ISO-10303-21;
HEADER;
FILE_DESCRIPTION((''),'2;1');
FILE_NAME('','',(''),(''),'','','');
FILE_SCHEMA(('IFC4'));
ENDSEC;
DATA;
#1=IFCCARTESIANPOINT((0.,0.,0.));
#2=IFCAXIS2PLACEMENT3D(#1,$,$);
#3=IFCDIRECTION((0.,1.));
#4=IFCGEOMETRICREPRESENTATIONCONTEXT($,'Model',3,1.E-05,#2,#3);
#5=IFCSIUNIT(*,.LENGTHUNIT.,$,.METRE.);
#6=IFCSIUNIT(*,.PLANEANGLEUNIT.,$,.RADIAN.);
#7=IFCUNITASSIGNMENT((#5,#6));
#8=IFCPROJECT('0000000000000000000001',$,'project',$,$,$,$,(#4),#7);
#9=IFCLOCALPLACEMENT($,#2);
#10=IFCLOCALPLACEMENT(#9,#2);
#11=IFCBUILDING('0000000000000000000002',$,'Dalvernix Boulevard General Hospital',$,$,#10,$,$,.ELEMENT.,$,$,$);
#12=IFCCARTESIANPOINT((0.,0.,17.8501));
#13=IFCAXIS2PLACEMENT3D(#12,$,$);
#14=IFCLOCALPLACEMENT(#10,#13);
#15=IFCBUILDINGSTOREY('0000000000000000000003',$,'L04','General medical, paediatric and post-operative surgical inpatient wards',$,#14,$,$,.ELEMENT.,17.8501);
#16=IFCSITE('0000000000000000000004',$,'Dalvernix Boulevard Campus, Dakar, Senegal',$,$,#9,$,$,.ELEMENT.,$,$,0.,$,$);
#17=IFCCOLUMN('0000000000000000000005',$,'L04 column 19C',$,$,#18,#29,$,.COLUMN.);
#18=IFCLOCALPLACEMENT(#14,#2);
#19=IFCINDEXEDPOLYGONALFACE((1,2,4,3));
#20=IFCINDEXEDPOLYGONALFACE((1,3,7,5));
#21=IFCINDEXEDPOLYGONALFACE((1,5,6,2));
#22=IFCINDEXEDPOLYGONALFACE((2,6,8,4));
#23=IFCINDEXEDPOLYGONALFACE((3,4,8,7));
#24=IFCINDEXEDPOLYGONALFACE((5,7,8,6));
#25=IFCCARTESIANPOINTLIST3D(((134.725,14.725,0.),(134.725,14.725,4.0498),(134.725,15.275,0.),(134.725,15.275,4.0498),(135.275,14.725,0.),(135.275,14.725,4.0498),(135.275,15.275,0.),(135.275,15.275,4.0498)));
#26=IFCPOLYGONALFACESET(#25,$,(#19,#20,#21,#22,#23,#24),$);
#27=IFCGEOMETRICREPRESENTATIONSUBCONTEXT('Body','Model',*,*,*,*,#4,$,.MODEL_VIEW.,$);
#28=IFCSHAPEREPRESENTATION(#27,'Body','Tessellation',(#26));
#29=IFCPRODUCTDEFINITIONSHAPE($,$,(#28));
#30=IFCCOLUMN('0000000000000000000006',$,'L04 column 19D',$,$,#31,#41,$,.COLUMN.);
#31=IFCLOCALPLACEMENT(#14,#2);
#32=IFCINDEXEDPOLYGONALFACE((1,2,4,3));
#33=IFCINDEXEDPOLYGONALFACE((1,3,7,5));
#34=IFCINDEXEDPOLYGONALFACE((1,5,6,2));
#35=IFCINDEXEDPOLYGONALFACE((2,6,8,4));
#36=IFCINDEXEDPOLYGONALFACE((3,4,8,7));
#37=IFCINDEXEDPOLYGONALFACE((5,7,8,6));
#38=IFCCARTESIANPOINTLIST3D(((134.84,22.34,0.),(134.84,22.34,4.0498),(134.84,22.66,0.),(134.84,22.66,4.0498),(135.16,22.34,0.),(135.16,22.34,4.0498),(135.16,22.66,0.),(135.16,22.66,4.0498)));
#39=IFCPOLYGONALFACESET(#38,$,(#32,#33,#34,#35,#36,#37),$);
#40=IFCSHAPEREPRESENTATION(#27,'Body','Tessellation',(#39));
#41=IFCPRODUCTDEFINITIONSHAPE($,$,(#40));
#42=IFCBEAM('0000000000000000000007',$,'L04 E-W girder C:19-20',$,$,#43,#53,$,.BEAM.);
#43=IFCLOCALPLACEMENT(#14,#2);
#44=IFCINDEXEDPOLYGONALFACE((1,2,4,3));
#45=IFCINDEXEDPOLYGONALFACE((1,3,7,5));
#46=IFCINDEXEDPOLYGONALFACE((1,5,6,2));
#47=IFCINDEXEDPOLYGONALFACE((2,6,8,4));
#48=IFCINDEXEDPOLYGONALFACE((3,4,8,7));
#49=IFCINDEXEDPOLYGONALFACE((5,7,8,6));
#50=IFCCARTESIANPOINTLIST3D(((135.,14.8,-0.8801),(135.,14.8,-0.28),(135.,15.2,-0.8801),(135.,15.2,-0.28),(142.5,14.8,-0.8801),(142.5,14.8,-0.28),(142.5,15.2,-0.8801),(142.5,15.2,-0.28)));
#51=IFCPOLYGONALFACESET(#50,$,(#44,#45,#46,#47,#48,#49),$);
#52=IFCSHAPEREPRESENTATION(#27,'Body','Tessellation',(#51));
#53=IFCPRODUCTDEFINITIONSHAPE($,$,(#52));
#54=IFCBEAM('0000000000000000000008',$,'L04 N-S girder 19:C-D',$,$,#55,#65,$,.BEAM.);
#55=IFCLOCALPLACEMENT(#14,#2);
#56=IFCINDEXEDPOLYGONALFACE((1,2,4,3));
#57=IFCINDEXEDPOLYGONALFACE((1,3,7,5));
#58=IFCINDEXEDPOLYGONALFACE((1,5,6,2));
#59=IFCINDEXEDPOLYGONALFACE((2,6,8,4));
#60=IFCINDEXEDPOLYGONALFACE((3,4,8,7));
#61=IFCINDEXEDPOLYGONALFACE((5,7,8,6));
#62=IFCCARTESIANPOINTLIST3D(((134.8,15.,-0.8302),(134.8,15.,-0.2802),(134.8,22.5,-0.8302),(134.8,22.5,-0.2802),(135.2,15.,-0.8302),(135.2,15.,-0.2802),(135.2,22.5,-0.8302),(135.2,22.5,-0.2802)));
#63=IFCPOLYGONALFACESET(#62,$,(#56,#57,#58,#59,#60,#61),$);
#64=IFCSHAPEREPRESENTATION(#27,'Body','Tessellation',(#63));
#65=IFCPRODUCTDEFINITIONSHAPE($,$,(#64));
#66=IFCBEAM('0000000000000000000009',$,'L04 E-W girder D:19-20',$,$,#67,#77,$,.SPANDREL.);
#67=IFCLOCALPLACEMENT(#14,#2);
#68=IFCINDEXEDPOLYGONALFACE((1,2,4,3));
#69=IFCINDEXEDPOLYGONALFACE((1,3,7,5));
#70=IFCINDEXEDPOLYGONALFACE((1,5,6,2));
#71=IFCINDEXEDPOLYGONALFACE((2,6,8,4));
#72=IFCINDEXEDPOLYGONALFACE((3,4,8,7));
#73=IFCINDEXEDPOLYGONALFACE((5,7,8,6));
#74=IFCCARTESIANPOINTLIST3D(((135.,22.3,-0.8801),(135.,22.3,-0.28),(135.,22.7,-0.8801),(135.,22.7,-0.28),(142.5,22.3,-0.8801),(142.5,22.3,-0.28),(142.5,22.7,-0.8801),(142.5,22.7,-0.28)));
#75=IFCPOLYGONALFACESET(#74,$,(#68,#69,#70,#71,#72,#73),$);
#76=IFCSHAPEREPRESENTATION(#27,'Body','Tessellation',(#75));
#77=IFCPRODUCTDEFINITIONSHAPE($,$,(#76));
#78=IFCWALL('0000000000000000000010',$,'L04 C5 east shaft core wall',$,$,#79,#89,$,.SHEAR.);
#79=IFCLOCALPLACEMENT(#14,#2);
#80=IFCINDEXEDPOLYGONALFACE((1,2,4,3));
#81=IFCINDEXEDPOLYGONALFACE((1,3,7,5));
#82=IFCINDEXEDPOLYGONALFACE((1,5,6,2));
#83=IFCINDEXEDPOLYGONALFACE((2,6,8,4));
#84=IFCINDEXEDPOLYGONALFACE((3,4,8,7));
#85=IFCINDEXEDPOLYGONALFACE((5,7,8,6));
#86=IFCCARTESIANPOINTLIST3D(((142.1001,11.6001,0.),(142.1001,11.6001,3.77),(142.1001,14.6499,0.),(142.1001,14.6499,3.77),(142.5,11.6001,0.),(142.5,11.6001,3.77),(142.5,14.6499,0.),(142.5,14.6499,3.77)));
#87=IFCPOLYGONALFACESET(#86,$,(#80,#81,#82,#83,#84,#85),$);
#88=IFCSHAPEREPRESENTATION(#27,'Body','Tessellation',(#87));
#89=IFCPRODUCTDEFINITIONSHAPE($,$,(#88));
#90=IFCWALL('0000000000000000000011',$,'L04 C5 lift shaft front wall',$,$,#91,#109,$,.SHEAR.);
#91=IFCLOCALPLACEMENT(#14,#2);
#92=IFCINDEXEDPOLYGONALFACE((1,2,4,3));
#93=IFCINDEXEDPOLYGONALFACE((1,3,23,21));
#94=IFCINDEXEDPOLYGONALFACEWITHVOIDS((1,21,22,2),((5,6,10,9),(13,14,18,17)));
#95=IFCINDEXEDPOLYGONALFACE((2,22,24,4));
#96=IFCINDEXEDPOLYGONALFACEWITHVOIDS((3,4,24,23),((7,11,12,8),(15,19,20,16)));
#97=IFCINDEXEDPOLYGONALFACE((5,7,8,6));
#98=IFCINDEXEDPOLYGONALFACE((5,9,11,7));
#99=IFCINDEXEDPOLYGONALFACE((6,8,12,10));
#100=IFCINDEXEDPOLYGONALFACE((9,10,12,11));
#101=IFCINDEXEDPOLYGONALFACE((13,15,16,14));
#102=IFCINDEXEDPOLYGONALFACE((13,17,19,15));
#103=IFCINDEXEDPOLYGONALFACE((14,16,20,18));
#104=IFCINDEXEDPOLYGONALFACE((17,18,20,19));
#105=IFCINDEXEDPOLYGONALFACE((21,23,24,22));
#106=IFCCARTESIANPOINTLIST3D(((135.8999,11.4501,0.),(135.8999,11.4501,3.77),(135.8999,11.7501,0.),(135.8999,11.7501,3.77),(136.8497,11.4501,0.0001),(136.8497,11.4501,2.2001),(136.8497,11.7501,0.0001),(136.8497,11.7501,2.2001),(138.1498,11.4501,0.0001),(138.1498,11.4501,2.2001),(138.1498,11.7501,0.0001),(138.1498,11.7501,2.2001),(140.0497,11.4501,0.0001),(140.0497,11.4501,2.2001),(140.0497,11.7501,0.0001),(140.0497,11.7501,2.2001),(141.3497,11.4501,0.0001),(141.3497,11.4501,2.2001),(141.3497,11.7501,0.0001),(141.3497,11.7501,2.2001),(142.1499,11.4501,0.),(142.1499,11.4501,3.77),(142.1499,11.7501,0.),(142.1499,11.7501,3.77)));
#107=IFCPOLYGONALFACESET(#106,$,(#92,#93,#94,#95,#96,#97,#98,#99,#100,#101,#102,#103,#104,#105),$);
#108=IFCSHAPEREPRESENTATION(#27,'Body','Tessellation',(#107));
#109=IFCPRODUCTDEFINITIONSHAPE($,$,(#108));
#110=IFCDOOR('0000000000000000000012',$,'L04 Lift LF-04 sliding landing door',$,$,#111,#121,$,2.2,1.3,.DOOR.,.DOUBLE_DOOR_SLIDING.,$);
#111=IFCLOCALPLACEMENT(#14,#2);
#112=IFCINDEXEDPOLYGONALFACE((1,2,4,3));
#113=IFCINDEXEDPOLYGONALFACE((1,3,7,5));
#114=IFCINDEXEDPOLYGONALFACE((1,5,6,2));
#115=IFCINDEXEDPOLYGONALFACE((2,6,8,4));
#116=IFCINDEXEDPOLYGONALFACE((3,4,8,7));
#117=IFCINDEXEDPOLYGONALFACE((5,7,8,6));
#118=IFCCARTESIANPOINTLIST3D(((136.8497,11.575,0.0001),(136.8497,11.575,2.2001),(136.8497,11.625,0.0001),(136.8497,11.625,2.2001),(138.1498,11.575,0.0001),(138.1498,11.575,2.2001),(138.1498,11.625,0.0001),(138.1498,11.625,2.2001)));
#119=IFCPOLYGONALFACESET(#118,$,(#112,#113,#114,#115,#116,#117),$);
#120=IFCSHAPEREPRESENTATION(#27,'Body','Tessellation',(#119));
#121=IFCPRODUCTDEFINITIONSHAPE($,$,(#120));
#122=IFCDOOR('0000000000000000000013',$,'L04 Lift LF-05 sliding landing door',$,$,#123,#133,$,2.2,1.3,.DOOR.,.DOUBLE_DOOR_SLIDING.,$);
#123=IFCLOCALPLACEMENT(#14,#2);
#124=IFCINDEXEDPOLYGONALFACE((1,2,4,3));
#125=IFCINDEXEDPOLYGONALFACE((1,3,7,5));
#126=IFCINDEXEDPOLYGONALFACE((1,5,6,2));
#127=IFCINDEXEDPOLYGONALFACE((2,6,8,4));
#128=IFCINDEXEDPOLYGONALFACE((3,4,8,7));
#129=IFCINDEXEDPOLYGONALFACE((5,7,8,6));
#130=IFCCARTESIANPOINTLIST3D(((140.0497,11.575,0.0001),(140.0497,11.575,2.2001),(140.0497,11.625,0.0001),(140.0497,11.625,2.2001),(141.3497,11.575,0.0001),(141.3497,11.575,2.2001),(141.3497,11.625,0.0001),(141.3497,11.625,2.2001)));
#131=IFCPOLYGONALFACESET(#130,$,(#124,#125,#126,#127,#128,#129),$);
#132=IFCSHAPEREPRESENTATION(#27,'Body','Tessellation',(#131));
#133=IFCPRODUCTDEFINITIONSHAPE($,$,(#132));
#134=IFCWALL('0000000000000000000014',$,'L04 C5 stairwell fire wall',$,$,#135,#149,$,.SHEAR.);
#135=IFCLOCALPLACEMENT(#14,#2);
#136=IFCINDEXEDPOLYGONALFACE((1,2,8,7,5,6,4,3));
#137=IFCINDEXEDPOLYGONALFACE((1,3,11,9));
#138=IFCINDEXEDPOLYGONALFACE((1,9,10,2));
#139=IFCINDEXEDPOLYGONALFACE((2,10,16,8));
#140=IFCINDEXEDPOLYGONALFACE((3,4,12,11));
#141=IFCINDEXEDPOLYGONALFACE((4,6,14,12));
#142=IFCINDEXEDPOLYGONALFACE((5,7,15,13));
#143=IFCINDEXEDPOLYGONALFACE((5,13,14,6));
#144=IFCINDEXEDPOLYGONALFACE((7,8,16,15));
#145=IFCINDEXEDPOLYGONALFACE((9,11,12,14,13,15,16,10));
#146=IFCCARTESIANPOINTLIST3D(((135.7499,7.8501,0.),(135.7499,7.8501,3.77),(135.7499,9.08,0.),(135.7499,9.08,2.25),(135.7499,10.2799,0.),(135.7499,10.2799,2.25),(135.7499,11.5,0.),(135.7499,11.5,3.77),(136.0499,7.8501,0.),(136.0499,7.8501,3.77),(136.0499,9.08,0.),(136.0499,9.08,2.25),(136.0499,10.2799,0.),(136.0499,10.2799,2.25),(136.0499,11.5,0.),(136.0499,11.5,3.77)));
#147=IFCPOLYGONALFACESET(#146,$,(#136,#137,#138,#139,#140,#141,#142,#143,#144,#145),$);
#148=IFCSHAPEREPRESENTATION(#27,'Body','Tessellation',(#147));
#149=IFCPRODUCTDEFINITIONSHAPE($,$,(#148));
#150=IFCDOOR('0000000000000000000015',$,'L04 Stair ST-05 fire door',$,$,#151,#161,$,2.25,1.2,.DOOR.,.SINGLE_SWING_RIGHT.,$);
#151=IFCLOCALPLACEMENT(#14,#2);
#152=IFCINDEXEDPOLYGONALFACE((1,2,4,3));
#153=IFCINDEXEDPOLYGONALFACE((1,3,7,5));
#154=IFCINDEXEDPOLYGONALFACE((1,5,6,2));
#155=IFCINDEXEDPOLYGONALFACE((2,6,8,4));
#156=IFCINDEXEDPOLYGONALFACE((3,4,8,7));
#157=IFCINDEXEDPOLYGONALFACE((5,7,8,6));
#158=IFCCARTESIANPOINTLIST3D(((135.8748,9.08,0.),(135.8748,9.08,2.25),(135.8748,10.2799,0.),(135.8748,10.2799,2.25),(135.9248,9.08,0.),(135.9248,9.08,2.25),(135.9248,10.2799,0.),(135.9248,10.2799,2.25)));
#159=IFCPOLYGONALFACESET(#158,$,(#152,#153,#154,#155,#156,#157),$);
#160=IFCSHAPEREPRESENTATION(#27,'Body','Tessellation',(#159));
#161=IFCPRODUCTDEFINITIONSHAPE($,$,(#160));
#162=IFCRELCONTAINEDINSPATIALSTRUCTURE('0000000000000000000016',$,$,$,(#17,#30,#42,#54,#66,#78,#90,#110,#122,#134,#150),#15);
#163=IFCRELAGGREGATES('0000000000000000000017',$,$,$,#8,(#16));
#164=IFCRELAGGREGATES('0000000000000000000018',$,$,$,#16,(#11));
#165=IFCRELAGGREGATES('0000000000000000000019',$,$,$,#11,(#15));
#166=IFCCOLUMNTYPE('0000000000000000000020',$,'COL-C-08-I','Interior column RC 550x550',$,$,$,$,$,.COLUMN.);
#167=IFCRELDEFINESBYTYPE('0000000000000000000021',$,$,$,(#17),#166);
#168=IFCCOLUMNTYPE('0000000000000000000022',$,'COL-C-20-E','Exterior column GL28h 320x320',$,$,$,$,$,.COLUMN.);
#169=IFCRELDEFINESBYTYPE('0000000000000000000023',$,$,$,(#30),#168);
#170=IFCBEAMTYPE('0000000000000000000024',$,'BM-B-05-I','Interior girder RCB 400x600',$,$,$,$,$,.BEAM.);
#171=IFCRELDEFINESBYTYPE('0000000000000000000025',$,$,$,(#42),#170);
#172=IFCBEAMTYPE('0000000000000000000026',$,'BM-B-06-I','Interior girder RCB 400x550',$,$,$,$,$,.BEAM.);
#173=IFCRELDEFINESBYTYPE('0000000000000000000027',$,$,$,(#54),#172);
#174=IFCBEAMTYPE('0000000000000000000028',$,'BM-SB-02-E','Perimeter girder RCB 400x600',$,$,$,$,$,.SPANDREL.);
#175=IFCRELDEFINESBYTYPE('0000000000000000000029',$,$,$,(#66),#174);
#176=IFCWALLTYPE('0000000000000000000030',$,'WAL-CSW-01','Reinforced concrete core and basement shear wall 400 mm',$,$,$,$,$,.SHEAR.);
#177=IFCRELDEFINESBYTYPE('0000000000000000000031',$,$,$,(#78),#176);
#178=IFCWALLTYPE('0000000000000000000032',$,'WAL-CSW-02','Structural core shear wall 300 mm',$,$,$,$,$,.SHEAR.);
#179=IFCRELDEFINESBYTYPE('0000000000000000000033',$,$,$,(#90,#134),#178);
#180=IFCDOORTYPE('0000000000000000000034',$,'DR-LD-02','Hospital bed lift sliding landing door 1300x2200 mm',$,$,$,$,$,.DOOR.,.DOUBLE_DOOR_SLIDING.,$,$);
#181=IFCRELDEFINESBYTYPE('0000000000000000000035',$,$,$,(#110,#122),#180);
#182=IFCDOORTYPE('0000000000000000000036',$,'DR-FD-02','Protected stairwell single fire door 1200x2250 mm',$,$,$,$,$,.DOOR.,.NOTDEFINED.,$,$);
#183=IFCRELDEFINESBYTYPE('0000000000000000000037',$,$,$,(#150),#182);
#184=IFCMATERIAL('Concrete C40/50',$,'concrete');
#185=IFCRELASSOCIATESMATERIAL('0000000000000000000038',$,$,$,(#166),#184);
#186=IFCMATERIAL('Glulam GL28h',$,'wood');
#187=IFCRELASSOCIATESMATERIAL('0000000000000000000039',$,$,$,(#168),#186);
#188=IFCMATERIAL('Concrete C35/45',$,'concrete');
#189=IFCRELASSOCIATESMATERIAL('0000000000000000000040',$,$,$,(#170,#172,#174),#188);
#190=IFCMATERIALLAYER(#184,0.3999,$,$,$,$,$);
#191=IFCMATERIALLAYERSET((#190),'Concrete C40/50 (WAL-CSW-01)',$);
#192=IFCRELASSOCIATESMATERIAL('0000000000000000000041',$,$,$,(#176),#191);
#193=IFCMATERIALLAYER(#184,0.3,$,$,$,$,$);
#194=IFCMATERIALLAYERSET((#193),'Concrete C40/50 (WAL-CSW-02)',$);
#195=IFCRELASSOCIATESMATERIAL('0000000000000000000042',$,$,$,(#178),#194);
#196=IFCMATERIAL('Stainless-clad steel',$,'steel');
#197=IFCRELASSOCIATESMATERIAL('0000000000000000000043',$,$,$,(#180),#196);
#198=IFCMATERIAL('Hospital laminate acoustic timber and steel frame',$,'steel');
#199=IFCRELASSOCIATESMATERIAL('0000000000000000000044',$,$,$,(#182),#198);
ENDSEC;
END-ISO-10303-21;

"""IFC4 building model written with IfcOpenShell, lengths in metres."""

from ifc_helpers import new_model, si_unit, direction, frame, frame_2d, origin, origin_2d, place, context, subcontext, project, spatial, rectangle, extrude, material, layer, layer_set, material_profile, profile_set, type_object, element, fill, save


model = new_model("IFC4")

# Units and contexts
model_context = context("Model", 3, precision=1e-05, world=origin(), true_north=direction((0.0, 1.0)))
body_context = subcontext(model_context, "Body", "Model", "MODEL_VIEW")
ifc_project = project(units=[si_unit("LENGTHUNIT", "METRE"), si_unit("PLANEANGLEUNIT", "RADIAN")], contexts=[model_context])

# Site, building, storey
site_placement = place(None, origin())
site = spatial("IfcSite", under=ifc_project, at=site_placement, Name="Dalvernix Boulevard Campus, Dakar, Senegal", CompositionType="ELEMENT", RefElevation=0.0)
building_placement = place(site_placement, origin())
building = spatial("IfcBuilding", under=site, at=building_placement, Name="Dalvernix Boulevard General Hospital", CompositionType="ELEMENT")
storey_placement = place(building_placement, frame((0.0, 0.0, 17.8501)))
storey = spatial("IfcBuildingStorey", under=building, at=storey_placement, Name="L04", Description="General medical, paediatric and post-operative surgical inpatient wards", CompositionType="ELEMENT", Elevation=17.8501)

# Columns
ifc_material_1 = material(Name="Concrete C40/50", Category="concrete")
ifc_material_profile_1 = material_profile(ifc_material_1, rectangle(XDim=0.55, YDim=0.55, at=origin_2d()), Name="RC 550x550")
ifc_profile_set_1 = profile_set([ifc_material_profile_1], Name="Concrete C40/50")
column_type_1 = type_object("IfcColumnType", Name="COL-C-08-I", Description="Interior column RC 550x550", PredefinedType="COLUMN", material=ifc_profile_set_1)
column_1_placement = place(storey_placement, frame((135.0, 15.0, 0.0), z_axis=(0.0, 0.0, 1.0), x_axis=(1.0, 0.0, 0.0)))
element("IfcColumn", 1, at=column_1_placement, inside=storey, type_object=column_type_1, Name="L04 column 19C", PredefinedType="COLUMN", context=body_context, shape_type="SweptSolid", body=[
    extrude(rectangle(XDim=0.55, YDim=0.55, at=origin_2d()), origin(), (0.0, 0.0, 1.0), 4.0498),
])
ifc_material_2 = material(Name="Glulam GL28h", Category="wood")
ifc_material_profile_2 = material_profile(ifc_material_2, rectangle(XDim=0.3201, YDim=0.3201, at=origin_2d()), Name="GL28h 320x320")
ifc_profile_set_2 = profile_set([ifc_material_profile_2], Name="Glulam GL28h")
column_type_2 = type_object("IfcColumnType", Name="COL-C-20-E", Description="Exterior column GL28h 320x320", PredefinedType="COLUMN", material=ifc_profile_set_2)
column_2_placement = place(storey_placement, frame((135.0, 22.5, 0.0), z_axis=(0.0, 0.0, 1.0), x_axis=(1.0, 0.0, 0.0)))
element("IfcColumn", 2, at=column_2_placement, inside=storey, type_object=column_type_2, Name="L04 column 19D", PredefinedType="COLUMN", context=body_context, shape_type="SweptSolid", body=[
    extrude(rectangle(XDim=0.3201, YDim=0.3201, at=origin_2d()), origin(), (0.0, 0.0, 1.0), 4.0498),
])

# Beams
ifc_material_3 = material(Name="Concrete C35/45", Category="concrete")
ifc_material_profile_3 = material_profile(ifc_material_3, rectangle(XDim=0.3999, YDim=0.6001, at=origin_2d()), Name="RCB 400x600")
ifc_profile_set_3 = profile_set([ifc_material_profile_3], Name="Concrete C35/45")
beam_type_1 = type_object("IfcBeamType", Name="BM-B-05-I", Description="Interior girder RCB 400x600", PredefinedType="BEAM", material=ifc_profile_set_3)
beam_1_placement = place(storey_placement, frame((135.0, 15.0, -0.5801), z_axis=(1.0, 0.0, 0.0), x_axis=(0.0, 1.0, 0.0)))
element("IfcBeam", 3, at=beam_1_placement, inside=storey, type_object=beam_type_1, Name="L04 E-W girder C:19-20", PredefinedType="BEAM", context=body_context, shape_type="SweptSolid", body=[
    extrude(rectangle(XDim=0.3999, YDim=0.6001, at=origin_2d()), origin(), (0.0, 0.0, 1.0), 7.5),
])
ifc_material_profile_4 = material_profile(ifc_material_3, rectangle(XDim=0.3999, YDim=0.55, at=origin_2d()), Name="RCB 400x550")
ifc_profile_set_4 = profile_set([ifc_material_profile_4], Name="Concrete C35/45")
beam_type_2 = type_object("IfcBeamType", Name="BM-B-06-I", Description="Interior girder RCB 400x550", PredefinedType="BEAM", material=ifc_profile_set_4)
beam_2_placement = place(storey_placement, frame((135.0, 15.0, -0.5552), z_axis=(0.0, 1.0, 0.0), x_axis=(-1.0, 0.0, 0.0)))
element("IfcBeam", 4, at=beam_2_placement, inside=storey, type_object=beam_type_2, Name="L04 N-S girder 19:C-D", PredefinedType="BEAM", context=body_context, shape_type="SweptSolid", body=[
    extrude(rectangle(XDim=0.3999, YDim=0.55, at=origin_2d()), origin(), (0.0, 0.0, 1.0), 7.5),
])
ifc_material_profile_5 = material_profile(ifc_material_3, rectangle(XDim=0.3999, YDim=0.6001, at=origin_2d()), Name="RCB 400x600")
ifc_profile_set_5 = profile_set([ifc_material_profile_5], Name="Concrete C35/45")
beam_type_3 = type_object("IfcBeamType", Name="BM-SB-02-E", Description="Perimeter girder RCB 400x600", PredefinedType="SPANDREL", material=ifc_profile_set_5)
beam_3_placement = place(storey_placement, frame((135.0, 22.5, -0.5801), z_axis=(1.0, 0.0, 0.0), x_axis=(0.0, 1.0, 0.0)))
element("IfcBeam", 5, at=beam_3_placement, inside=storey, type_object=beam_type_3, Name="L04 E-W girder D:19-20", PredefinedType="SPANDREL", context=body_context, shape_type="SweptSolid", body=[
    extrude(rectangle(XDim=0.3999, YDim=0.6001, at=origin_2d()), origin(), (0.0, 0.0, 1.0), 7.5),
])

# Wall
ifc_layer_1 = layer(ifc_material_1, 0.3999)
ifc_layer_set_1 = layer_set([ifc_layer_1], Name="Concrete C40/50 (WAL-CSW-01)")
wall_type_1 = type_object("IfcWallType", Name="WAL-CSW-01", Description="Reinforced concrete core and basement shear wall 400 mm", PredefinedType="SHEAR", material=ifc_layer_set_1)
wall_1_placement = place(storey_placement, frame((142.3, 11.6001, 0.0), z_axis=(0.0, 0.0, 1.0), x_axis=(0.0, 1.0, 0.0)))
element("IfcWall", 6, at=wall_1_placement, inside=storey, type_object=wall_type_1, Name="L04 C5 east shaft core wall", PredefinedType="SHEAR", context=body_context, shape_type="SweptSolid", body=[
    extrude(rectangle(XDim=3.0498, YDim=0.3999, at=frame_2d((1.5249, 0.0))), origin(), (0.0, 0.0, 1.0), 3.77),
])

# Wall, openings, doors
ifc_layer_2 = layer(ifc_material_1, 0.3)
ifc_layer_set_2 = layer_set([ifc_layer_2], Name="Concrete C40/50 (WAL-CSW-02)")
wall_type_2 = type_object("IfcWallType", Name="WAL-CSW-02", Description="Structural core shear wall 300 mm", PredefinedType="SHEAR", material=ifc_layer_set_2)
wall_2_placement = place(storey_placement, frame((135.8999, 11.6001, 0.0), z_axis=(0.0, 0.0, 1.0), x_axis=(1.0, 0.0, 0.0)))
wall_2 = element("IfcWall", 7, at=wall_2_placement, inside=storey, type_object=wall_type_2, Name="L04 C5 lift shaft front wall", PredefinedType="SHEAR", context=body_context, shape_type="SweptSolid", body=[
    extrude(rectangle(XDim=6.25, YDim=0.3, at=frame_2d((3.125, 0.0))), origin(), (0.0, 0.0, 1.0), 3.77),
])
opening_1_placement = place(wall_2_placement, frame((0.95, 0.0, 0.0)))
opening_1 = element("IfcOpeningElement", 8, at=opening_1_placement, cuts=wall_2, PredefinedType="OPENING", context=body_context, shape_type="SweptSolid", body=[
    extrude(rectangle(XDim=1.3, YDim=2.2, at=frame_2d((0.6499, 1.1001))), frame((0.0, 0.1599, 0.0), z_axis=(0.0, -1.0, 0.0), x_axis=(1.0, 0.0, 0.0)), (0.0, 0.0, 1.0), 0.3201),
])
opening_2_placement = place(wall_2_placement, frame((4.1499, 0.0, 0.0)))
opening_2 = element("IfcOpeningElement", 9, at=opening_2_placement, cuts=wall_2, PredefinedType="OPENING", context=body_context, shape_type="SweptSolid", body=[
    extrude(rectangle(XDim=1.3, YDim=2.2, at=frame_2d((0.6499, 1.1001))), frame((0.0, 0.1599, 0.0), z_axis=(0.0, -1.0, 0.0), x_axis=(1.0, 0.0, 0.0)), (0.0, 0.0, 1.0), 0.3201),
])
ifc_material_4 = material(Name="Stainless-clad steel", Category="steel")
door_type_1 = type_object("IfcDoorType", Name="DR-LD-02", Description="Hospital bed lift sliding landing door 1300x2200 mm", OperationType="DOUBLE_DOOR_SLIDING", PredefinedType="DOOR", material=ifc_material_4)
door_1_placement = place(opening_1_placement, origin())
door_1 = element("IfcDoor", 10, at=door_1_placement, inside=storey, type_object=door_type_1, Name="L04 Lift LF-04 sliding landing door", OperationType="DOUBLE_DOOR_SLIDING", OverallHeight=2.2, OverallWidth=1.3, PredefinedType="DOOR", context=body_context, shape_type="SweptSolid", body=[
    extrude(rectangle(XDim=1.3, YDim=2.2, at=frame_2d((0.6499, 1.1001))), frame((0.0, 0.0249, 0.0), z_axis=(0.0, -1.0, 0.0), x_axis=(1.0, 0.0, 0.0)), (0.0, 0.0, 1.0), 0.05),
])
fill(opening_1, door_1)
door_2_placement = place(opening_2_placement, origin())
door_2 = element("IfcDoor", 11, at=door_2_placement, inside=storey, type_object=door_type_1, Name="L04 Lift LF-05 sliding landing door", OperationType="DOUBLE_DOOR_SLIDING", OverallHeight=2.2, OverallWidth=1.3, PredefinedType="DOOR", context=body_context, shape_type="SweptSolid", body=[
    extrude(rectangle(XDim=1.3, YDim=2.2, at=frame_2d((0.6499, 1.1001))), frame((0.0, 0.0249, 0.0), z_axis=(0.0, -1.0, 0.0), x_axis=(1.0, 0.0, 0.0)), (0.0, 0.0, 1.0), 0.05),
])
fill(opening_2, door_2)

# Wall, opening, door
wall_3_placement = place(storey_placement, frame((135.8999, 11.5, 0.0), z_axis=(0.0, 0.0, 1.0), x_axis=(0.0, -1.0, 0.0)))
wall_3 = element("IfcWall", 12, at=wall_3_placement, inside=storey, type_object=wall_type_2, Name="L04 C5 stairwell fire wall", PredefinedType="SHEAR", context=body_context, shape_type="SweptSolid", body=[
    extrude(rectangle(XDim=3.6499, YDim=0.3, at=frame_2d((1.825, 0.0))), origin(), (0.0, 0.0, 1.0), 3.77),
])
opening_3_placement = place(wall_3_placement, frame((1.22, 0.0, 0.0)))
opening_3 = element("IfcOpeningElement", 13, at=opening_3_placement, cuts=wall_3, PredefinedType="OPENING", context=body_context, shape_type="SweptSolid", body=[
    extrude(rectangle(XDim=1.2, YDim=2.25, at=frame_2d((0.6001, 1.125))), frame((0.0, 0.1599, 0.0), z_axis=(0.0, -1.0, 0.0), x_axis=(1.0, 0.0, 0.0)), (0.0, 0.0, 1.0), 0.3201),
])
ifc_material_5 = material(Name="Hospital laminate acoustic timber and steel frame", Category="steel")
door_type_2 = type_object("IfcDoorType", Name="DR-FD-02", Description="Protected stairwell single fire door 1200x2250 mm", OperationType="NOTDEFINED", PredefinedType="DOOR", material=ifc_material_5)
door_3_placement = place(opening_3_placement, origin())
door_3 = element("IfcDoor", 14, at=door_3_placement, inside=storey, type_object=door_type_2, Name="L04 Stair ST-05 fire door", OperationType="SINGLE_SWING_RIGHT", OverallHeight=2.25, OverallWidth=1.2, PredefinedType="DOOR", context=body_context, shape_type="SweptSolid", body=[
    extrude(rectangle(XDim=1.2, YDim=2.25, at=frame_2d((0.6001, 1.125))), frame((0.0, 0.0249, 0.0), z_axis=(0.0, -1.0, 0.0), x_axis=(1.0, 0.0, 0.0)), (0.0, 0.0, 1.0), 0.05),
])
fill(opening_3, door_3)

save(model, "model.ifc")
